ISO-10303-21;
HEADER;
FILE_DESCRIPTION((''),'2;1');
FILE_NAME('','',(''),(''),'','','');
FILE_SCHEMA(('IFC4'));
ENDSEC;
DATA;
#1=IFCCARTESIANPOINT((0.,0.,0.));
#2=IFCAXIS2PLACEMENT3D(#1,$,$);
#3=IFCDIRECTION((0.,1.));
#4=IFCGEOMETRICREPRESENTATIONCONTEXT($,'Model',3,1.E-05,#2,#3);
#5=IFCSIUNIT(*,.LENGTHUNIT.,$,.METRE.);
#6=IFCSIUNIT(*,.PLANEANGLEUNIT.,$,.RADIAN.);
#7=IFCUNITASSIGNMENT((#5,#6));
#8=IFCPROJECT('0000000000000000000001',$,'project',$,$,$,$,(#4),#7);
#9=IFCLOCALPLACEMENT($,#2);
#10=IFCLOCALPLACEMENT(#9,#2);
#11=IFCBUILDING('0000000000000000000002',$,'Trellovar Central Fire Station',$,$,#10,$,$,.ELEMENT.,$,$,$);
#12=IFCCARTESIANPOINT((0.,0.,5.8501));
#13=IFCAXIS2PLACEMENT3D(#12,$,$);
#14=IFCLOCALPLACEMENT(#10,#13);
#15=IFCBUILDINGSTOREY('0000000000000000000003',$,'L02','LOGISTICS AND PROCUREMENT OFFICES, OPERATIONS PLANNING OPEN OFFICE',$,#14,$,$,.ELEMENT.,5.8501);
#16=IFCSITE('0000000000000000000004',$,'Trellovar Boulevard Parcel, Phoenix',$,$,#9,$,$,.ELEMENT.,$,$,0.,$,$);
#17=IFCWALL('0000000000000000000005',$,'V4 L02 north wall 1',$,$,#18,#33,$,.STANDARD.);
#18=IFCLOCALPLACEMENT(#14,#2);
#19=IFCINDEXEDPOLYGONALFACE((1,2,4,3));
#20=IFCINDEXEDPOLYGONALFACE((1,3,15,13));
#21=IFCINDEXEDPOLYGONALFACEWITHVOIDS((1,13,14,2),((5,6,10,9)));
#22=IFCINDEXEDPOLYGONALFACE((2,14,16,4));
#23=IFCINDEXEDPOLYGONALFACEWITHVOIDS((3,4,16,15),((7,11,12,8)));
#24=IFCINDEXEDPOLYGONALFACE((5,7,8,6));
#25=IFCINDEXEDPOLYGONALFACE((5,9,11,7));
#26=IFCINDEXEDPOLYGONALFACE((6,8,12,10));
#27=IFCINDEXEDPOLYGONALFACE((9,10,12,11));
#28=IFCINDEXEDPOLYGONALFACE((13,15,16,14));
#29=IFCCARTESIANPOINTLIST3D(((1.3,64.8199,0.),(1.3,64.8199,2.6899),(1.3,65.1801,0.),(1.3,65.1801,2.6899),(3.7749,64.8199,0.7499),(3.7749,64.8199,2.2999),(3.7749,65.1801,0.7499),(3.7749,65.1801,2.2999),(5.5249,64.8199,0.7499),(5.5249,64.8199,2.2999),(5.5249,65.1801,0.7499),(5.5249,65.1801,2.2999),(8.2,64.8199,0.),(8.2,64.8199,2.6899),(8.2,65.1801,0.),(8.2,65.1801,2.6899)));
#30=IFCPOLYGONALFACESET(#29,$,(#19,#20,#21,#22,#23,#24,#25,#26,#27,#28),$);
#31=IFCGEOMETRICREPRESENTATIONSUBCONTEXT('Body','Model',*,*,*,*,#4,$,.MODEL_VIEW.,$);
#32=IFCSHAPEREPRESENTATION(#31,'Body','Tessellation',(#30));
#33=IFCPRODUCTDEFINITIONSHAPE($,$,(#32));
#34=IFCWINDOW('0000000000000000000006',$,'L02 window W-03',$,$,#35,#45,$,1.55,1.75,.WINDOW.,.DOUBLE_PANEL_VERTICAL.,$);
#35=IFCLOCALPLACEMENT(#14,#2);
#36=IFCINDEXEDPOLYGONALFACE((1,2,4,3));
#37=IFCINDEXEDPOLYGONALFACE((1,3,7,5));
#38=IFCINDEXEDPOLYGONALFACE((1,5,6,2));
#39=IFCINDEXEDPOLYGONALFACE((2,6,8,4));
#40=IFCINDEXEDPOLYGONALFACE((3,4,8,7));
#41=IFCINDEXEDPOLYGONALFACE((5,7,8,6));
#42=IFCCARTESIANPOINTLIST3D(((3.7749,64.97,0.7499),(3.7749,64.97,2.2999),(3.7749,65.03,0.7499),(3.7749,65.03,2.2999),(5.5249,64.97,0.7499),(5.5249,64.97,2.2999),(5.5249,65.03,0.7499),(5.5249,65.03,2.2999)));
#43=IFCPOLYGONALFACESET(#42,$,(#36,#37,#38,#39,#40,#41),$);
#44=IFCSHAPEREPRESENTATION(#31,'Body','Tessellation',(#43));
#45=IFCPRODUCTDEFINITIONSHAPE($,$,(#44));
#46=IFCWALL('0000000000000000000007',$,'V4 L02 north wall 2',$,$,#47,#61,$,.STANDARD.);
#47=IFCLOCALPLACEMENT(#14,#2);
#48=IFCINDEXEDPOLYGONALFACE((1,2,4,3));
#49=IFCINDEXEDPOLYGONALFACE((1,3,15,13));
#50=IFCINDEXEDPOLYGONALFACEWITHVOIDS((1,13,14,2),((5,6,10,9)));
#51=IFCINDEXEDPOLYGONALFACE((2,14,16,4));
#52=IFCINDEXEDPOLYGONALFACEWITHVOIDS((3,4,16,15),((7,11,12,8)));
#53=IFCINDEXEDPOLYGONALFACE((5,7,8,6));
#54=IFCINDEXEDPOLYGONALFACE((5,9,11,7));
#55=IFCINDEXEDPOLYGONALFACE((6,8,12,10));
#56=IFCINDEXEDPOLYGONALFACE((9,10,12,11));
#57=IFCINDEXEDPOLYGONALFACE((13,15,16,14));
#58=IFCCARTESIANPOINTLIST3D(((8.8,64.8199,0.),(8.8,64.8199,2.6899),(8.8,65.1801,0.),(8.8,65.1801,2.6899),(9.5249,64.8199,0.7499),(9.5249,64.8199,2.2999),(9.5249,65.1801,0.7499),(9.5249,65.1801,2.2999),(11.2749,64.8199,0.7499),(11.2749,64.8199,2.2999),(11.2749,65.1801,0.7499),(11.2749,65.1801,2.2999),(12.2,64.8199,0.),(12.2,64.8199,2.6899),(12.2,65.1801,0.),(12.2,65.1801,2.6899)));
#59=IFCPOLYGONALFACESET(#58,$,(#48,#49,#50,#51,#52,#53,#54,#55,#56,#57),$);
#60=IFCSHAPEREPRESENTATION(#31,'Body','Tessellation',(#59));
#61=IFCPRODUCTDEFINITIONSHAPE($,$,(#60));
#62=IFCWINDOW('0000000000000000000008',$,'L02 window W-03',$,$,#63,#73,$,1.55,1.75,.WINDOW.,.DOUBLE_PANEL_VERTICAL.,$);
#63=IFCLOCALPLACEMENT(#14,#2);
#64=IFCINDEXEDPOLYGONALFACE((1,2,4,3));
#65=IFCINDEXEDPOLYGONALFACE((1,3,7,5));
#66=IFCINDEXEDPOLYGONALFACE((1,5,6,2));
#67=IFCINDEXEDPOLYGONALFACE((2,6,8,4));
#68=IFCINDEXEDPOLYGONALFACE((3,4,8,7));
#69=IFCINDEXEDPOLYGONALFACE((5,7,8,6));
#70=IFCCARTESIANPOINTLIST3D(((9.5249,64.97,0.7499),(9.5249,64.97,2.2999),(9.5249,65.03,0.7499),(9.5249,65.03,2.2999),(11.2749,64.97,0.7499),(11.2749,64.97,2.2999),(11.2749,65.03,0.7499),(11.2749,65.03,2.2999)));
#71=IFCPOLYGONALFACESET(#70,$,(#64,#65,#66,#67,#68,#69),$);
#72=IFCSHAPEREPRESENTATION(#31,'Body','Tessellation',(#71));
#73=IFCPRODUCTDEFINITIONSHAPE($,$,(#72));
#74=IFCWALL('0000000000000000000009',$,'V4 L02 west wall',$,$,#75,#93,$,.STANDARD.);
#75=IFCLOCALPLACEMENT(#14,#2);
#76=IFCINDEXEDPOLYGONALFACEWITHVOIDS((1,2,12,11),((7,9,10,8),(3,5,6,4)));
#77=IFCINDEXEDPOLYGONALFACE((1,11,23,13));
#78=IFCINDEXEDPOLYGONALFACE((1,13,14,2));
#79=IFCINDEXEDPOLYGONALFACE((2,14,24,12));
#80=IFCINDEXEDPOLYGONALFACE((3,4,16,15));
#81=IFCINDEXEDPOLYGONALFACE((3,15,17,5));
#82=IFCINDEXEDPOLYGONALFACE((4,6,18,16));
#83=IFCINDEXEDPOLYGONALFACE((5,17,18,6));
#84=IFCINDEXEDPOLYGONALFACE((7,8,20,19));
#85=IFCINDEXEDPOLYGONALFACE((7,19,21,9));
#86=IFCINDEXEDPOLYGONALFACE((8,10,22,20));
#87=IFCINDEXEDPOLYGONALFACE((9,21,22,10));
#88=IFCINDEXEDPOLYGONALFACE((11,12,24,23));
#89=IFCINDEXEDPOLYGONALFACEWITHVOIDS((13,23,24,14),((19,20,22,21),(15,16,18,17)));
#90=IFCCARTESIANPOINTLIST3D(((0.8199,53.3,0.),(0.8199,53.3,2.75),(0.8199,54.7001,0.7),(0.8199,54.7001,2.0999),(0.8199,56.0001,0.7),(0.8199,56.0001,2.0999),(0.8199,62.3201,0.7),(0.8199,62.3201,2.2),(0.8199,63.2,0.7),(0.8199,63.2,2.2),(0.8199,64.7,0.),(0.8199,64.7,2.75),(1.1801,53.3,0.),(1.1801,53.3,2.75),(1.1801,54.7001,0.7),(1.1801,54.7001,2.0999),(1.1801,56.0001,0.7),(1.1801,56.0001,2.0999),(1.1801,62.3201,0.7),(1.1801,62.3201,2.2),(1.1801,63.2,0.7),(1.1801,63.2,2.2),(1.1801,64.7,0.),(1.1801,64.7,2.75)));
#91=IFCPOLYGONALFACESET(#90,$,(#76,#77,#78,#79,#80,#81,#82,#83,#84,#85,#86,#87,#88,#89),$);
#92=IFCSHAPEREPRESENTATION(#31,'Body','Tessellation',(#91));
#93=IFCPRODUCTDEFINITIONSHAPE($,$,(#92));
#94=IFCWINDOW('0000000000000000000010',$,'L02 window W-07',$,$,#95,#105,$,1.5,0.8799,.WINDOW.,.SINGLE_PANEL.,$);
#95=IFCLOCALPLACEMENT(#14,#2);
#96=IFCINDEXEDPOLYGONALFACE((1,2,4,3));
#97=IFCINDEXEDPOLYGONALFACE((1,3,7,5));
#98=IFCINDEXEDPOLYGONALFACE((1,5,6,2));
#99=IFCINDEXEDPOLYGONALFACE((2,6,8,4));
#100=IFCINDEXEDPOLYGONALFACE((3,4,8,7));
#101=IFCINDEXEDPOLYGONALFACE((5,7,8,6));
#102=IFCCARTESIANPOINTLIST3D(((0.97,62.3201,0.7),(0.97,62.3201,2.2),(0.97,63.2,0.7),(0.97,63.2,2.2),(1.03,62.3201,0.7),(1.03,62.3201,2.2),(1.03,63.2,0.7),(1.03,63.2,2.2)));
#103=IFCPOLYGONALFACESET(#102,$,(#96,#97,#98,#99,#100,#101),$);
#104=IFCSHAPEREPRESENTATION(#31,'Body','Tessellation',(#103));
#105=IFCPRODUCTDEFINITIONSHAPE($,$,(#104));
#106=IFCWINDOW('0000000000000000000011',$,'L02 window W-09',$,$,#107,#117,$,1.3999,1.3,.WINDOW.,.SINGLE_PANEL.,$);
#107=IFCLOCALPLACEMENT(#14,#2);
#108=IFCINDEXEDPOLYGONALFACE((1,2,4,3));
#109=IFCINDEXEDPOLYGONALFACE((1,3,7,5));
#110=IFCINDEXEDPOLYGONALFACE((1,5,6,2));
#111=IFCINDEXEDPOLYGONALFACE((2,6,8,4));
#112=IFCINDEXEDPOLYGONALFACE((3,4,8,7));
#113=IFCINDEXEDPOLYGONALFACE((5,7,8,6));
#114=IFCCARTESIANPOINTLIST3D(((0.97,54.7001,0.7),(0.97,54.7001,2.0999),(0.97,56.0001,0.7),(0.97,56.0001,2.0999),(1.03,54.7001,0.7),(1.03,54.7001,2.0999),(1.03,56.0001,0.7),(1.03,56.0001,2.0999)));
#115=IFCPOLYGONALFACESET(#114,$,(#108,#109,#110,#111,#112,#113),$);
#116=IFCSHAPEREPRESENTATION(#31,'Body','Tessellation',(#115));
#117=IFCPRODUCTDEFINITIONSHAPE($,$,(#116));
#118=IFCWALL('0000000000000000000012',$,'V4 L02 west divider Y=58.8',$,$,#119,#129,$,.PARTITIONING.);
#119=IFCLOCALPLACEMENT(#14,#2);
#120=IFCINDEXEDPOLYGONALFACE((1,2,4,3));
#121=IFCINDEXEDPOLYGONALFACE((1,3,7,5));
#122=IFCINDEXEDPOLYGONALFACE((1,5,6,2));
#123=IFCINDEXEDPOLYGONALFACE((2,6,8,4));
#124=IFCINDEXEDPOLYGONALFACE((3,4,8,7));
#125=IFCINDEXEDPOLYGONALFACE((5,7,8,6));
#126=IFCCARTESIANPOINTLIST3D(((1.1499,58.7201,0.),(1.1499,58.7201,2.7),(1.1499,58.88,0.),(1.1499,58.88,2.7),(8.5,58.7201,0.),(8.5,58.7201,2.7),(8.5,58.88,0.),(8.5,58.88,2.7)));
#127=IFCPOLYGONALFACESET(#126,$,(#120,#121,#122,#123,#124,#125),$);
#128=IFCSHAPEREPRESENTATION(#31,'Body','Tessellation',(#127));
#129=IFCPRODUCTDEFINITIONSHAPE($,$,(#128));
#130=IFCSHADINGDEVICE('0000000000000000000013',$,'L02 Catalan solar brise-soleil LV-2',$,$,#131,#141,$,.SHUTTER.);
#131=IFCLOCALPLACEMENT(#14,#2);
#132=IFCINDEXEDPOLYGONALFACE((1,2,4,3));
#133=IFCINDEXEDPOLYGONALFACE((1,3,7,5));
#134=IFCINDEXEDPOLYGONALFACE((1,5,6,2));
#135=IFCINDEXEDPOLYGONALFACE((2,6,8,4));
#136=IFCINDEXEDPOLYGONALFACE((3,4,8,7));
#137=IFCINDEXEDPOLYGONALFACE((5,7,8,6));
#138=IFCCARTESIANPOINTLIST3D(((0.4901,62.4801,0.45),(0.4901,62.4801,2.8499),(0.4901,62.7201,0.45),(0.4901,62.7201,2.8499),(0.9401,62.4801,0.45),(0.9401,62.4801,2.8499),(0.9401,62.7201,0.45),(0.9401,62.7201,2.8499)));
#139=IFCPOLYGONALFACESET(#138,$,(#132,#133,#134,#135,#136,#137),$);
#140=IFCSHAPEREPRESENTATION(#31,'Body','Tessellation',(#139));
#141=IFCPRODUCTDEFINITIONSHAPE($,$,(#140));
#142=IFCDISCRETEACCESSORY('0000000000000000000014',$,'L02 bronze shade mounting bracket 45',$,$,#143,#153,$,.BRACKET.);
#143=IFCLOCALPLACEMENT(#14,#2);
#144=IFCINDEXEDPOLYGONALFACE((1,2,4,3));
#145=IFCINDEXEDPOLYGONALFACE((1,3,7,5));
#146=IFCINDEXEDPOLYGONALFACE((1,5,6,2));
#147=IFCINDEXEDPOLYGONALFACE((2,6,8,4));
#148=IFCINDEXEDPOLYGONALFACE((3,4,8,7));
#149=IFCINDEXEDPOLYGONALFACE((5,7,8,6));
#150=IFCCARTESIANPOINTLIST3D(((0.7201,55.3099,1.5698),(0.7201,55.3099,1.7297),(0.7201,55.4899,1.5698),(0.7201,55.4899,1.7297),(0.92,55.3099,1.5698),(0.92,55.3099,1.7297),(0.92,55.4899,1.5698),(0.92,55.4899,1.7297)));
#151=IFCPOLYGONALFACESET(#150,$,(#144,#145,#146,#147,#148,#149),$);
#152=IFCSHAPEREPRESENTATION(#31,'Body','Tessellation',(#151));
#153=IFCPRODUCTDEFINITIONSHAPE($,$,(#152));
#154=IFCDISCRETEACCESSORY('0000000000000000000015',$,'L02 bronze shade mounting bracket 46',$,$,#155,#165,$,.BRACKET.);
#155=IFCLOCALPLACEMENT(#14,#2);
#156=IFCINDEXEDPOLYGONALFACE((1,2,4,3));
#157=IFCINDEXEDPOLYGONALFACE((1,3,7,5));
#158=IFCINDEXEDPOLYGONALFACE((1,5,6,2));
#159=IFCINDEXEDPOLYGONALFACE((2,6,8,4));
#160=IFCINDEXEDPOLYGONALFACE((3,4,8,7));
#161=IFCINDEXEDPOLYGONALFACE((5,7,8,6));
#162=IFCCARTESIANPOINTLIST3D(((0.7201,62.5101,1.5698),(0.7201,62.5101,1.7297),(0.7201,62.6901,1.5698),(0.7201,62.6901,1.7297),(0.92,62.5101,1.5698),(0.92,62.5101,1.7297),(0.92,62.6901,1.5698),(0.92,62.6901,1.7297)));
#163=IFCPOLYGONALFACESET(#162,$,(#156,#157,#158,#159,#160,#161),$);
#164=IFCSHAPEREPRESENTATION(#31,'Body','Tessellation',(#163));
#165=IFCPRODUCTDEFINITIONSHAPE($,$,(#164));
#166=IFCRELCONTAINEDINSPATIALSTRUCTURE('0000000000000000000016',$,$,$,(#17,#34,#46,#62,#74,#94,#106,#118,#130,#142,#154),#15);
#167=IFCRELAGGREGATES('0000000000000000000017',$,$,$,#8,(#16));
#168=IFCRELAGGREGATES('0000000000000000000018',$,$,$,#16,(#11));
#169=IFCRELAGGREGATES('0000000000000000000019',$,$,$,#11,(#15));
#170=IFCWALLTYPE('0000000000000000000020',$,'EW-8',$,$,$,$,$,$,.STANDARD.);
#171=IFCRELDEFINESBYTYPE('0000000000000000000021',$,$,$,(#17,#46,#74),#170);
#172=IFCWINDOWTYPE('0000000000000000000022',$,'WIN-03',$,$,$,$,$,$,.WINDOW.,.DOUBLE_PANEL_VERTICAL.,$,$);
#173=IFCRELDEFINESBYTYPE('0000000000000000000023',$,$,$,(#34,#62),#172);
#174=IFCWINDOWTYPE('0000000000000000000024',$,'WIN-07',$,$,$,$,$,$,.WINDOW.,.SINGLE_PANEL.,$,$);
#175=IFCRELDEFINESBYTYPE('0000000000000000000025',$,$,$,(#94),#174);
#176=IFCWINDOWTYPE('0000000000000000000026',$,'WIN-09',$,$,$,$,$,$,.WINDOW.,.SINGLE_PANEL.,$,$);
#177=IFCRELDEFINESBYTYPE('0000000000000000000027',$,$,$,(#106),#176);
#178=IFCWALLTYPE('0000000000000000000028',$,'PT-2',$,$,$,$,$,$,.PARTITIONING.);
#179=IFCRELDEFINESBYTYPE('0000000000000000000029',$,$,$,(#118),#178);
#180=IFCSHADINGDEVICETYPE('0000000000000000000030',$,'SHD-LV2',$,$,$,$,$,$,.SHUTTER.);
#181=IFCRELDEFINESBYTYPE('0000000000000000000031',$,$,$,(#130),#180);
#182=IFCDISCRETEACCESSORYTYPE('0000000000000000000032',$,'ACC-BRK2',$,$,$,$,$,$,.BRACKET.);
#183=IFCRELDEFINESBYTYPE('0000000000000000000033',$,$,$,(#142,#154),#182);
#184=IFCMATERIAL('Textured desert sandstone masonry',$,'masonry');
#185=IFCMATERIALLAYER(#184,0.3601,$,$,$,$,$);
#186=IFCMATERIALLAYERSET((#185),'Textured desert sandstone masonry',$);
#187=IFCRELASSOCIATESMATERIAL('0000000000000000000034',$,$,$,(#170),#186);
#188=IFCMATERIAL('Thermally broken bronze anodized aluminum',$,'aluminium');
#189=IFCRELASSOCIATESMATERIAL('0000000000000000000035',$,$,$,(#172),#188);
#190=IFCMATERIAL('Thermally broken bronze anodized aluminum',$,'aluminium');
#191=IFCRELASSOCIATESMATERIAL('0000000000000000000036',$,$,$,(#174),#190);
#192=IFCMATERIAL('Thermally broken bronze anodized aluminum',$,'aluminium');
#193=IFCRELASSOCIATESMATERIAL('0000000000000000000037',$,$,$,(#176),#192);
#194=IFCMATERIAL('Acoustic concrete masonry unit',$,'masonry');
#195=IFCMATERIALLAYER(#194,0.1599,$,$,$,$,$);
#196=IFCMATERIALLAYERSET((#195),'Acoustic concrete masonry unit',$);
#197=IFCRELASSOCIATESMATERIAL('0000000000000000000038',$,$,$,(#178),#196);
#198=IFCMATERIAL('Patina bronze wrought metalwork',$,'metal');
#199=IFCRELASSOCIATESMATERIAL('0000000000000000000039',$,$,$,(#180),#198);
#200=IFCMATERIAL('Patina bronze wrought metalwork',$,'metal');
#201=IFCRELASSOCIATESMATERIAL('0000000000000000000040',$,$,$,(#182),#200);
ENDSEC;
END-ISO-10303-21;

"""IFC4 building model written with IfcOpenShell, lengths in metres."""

from ifc_helpers import new_model, si_unit, direction, frame, frame_2d, origin, origin_2d, place, context, subcontext, project, spatial, rectangle, extrude, material, layer, layer_set, type_object, element, fill, save


model = new_model("IFC4")

# Units and contexts
model_context = context("Model", 3, precision=1e-05, world=origin(), true_north=direction((0.0, 1.0)))
body_context = subcontext(model_context, "Body", "Model", "MODEL_VIEW")
ifc_project = project(units=[si_unit("LENGTHUNIT", "METRE"), si_unit("PLANEANGLEUNIT", "RADIAN")], contexts=[model_context])

# Site, building, storey
site_placement = place(None, origin())
site = spatial("IfcSite", under=ifc_project, at=site_placement, Name="Trellovar Boulevard Parcel, Phoenix", CompositionType="ELEMENT", RefElevation=0.0)
building_placement = place(site_placement, origin())
building = spatial("IfcBuilding", under=site, at=building_placement, Name="Trellovar Central Fire Station", CompositionType="ELEMENT")
storey_placement = place(building_placement, frame((0.0, 0.0, 5.8501)))
storey = spatial("IfcBuildingStorey", under=building, at=storey_placement, Name="L02", Description="LOGISTICS AND PROCUREMENT OFFICES, OPERATIONS PLANNING OPEN OFFICE", CompositionType="ELEMENT", Elevation=5.8501)

# Walls, openings, windows
ifc_material_1 = material(Name="Textured desert sandstone masonry", Category="masonry")
ifc_layer_1 = layer(ifc_material_1, 0.3601)
ifc_layer_set_1 = layer_set([ifc_layer_1], Name="Textured desert sandstone masonry")
wall_type_1 = type_object("IfcWallType", Name="EW-8", PredefinedType="STANDARD", material=ifc_layer_set_1)
wall_1_placement = place(storey_placement, frame((8.2, 65.0, 0.0), z_axis=(0.0, 0.0, 1.0), x_axis=(-1.0, 0.0, 0.0)))
wall_1 = element("IfcWall", 1, at=wall_1_placement, inside=storey, type_object=wall_type_1, Name="V4 L02 north wall 1", PredefinedType="STANDARD", context=body_context, shape_type="SweptSolid", body=[
    extrude(rectangle(XDim=6.8999, YDim=0.3601, at=frame_2d((3.45, 0.0))), origin(), (0.0, 0.0, 1.0), 2.6899),
])
opening_1_placement = place(wall_1_placement, frame((2.675, 0.0, 0.75)))
opening_1 = element("IfcOpeningElement", 2, at=opening_1_placement, cuts=wall_1, PredefinedType="OPENING", context=body_context, shape_type="SweptSolid", body=[
    extrude(rectangle(XDim=1.75, YDim=1.55, at=frame_2d((0.875, 0.7749))), frame((0.0, 0.1899, 0.0), z_axis=(0.0, -1.0, 0.0), x_axis=(1.0, 0.0, 0.0)), (0.0, 0.0, 1.0), 0.3801),
])
ifc_material_2 = material(Name="Thermally broken bronze anodized aluminum", Category="aluminium")
window_type_1 = type_object("IfcWindowType", Name="WIN-03", PartitioningType="DOUBLE_PANEL_VERTICAL", PredefinedType="WINDOW", material=ifc_material_2)
window_1_placement = place(opening_1_placement, origin())
window_1 = element("IfcWindow", 3, at=window_1_placement, inside=storey, type_object=window_type_1, Name="L02 window W-03", OverallHeight=1.55, OverallWidth=1.75, PartitioningType="DOUBLE_PANEL_VERTICAL", PredefinedType="WINDOW", context=body_context, shape_type="SweptSolid", body=[
    extrude(rectangle(XDim=1.75, YDim=1.55, at=frame_2d((0.875, 0.7749))), frame((0.0, 0.03, 0.0), z_axis=(0.0, -1.0, 0.0), x_axis=(1.0, 0.0, 0.0)), (0.0, 0.0, 1.0), 0.0601),
])
fill(opening_1, window_1)
wall_2_placement = place(storey_placement, frame((12.2, 65.0, 0.0), z_axis=(0.0, 0.0, 1.0), x_axis=(-1.0, 0.0, 0.0)))
wall_2 = element("IfcWall", 4, at=wall_2_placement, inside=storey, type_object=wall_type_1, Name="V4 L02 north wall 2", PredefinedType="STANDARD", context=body_context, shape_type="SweptSolid", body=[
    extrude(rectangle(XDim=3.3999, YDim=0.3601, at=frame_2d((1.7, 0.0))), origin(), (0.0, 0.0, 1.0), 2.6899),
])
opening_2_placement = place(wall_2_placement, frame((0.925, 0.0, 0.75)))
opening_2 = element("IfcOpeningElement", 5, at=opening_2_placement, cuts=wall_2, PredefinedType="OPENING", context=body_context, shape_type="SweptSolid", body=[
    extrude(rectangle(XDim=1.75, YDim=1.55, at=frame_2d((0.875, 0.7749))), frame((0.0, 0.1899, 0.0), z_axis=(0.0, -1.0, 0.0), x_axis=(1.0, 0.0, 0.0)), (0.0, 0.0, 1.0), 0.3801),
])
window_2_placement = place(opening_2_placement, origin())
window_2 = element("IfcWindow", 6, at=window_2_placement, inside=storey, type_object=window_type_1, Name="L02 window W-03", OverallHeight=1.55, OverallWidth=1.75, PartitioningType="DOUBLE_PANEL_VERTICAL", PredefinedType="WINDOW", context=body_context, shape_type="SweptSolid", body=[
    extrude(rectangle(XDim=1.75, YDim=1.55, at=frame_2d((0.875, 0.7749))), frame((0.0, 0.03, 0.0), z_axis=(0.0, -1.0, 0.0), x_axis=(1.0, 0.0, 0.0)), (0.0, 0.0, 1.0), 0.0601),
])
fill(opening_2, window_2)

# Wall, openings, windows
wall_3_placement = place(storey_placement, frame((1.0, 64.7, 0.0), z_axis=(0.0, 0.0, 1.0), x_axis=(0.0, -1.0, 0.0)))
wall_3 = element("IfcWall", 7, at=wall_3_placement, inside=storey, type_object=wall_type_1, Name="V4 L02 west wall", PredefinedType="STANDARD", context=body_context, shape_type="SweptSolid", body=[
    extrude(rectangle(XDim=11.3999, YDim=0.3601, at=frame_2d((5.7, 0.0))), origin(), (0.0, 0.0, 1.0), 2.75),
])
opening_3_placement = place(wall_3_placement, frame((1.5, 0.0, 0.7)))
opening_3 = element("IfcOpeningElement", 8, at=opening_3_placement, cuts=wall_3, PredefinedType="OPENING", context=body_context, shape_type="SweptSolid", body=[
    extrude(rectangle(XDim=0.8799, YDim=1.5, at=frame_2d((0.4399, 0.75))), frame((0.0, 0.1899, 0.0), z_axis=(0.0, -1.0, 0.0), x_axis=(1.0, 0.0, 0.0)), (0.0, 0.0, 1.0), 0.3801),
])
opening_4_placement = place(wall_3_placement, frame((8.7, 0.0, 0.7)))
opening_4 = element("IfcOpeningElement", 9, at=opening_4_placement, cuts=wall_3, PredefinedType="OPENING", context=body_context, shape_type="SweptSolid", body=[
    extrude(rectangle(XDim=1.3, YDim=1.3999, at=frame_2d((0.6499, 0.7))), frame((0.0, 0.1899, 0.0), z_axis=(0.0, -1.0, 0.0), x_axis=(1.0, 0.0, 0.0)), (0.0, 0.0, 1.0), 0.3801),
])
ifc_material_3 = material(Name="Thermally broken bronze anodized aluminum", Category="aluminium")
window_type_2 = type_object("IfcWindowType", Name="WIN-07", PartitioningType="SINGLE_PANEL", PredefinedType="WINDOW", material=ifc_material_3)
window_3_placement = place(opening_3_placement, origin())
window_3 = element("IfcWindow", 10, at=window_3_placement, inside=storey, type_object=window_type_2, Name="L02 window W-07", OverallHeight=1.5, OverallWidth=0.8799, PartitioningType="SINGLE_PANEL", PredefinedType="WINDOW", context=body_context, shape_type="SweptSolid", body=[
    extrude(rectangle(XDim=0.8799, YDim=1.5, at=frame_2d((0.4399, 0.75))), frame((0.0, 0.03, 0.0), z_axis=(0.0, -1.0, 0.0), x_axis=(1.0, 0.0, 0.0)), (0.0, 0.0, 1.0), 0.0601),
])
fill(opening_3, window_3)
ifc_material_4 = material(Name="Thermally broken bronze anodized aluminum", Category="aluminium")
window_type_3 = type_object("IfcWindowType", Name="WIN-09", PartitioningType="SINGLE_PANEL", PredefinedType="WINDOW", material=ifc_material_4)
window_4_placement = place(opening_4_placement, origin())
window_4 = element("IfcWindow", 11, at=window_4_placement, inside=storey, type_object=window_type_3, Name="L02 window W-09", OverallHeight=1.3999, OverallWidth=1.3, PartitioningType="SINGLE_PANEL", PredefinedType="WINDOW", context=body_context, shape_type="SweptSolid", body=[
    extrude(rectangle(XDim=1.3, YDim=1.3999, at=frame_2d((0.6499, 0.7))), frame((0.0, 0.03, 0.0), z_axis=(0.0, -1.0, 0.0), x_axis=(1.0, 0.0, 0.0)), (0.0, 0.0, 1.0), 0.0601),
])
fill(opening_4, window_4)

# Wall
ifc_material_5 = material(Name="Acoustic concrete masonry unit", Category="masonry")
ifc_layer_2 = layer(ifc_material_5, 0.1599)
ifc_layer_set_2 = layer_set([ifc_layer_2], Name="Acoustic concrete masonry unit")
wall_type_2 = type_object("IfcWallType", Name="PT-2", PredefinedType="PARTITIONING", material=ifc_layer_set_2)
wall_4_placement = place(storey_placement, frame((1.1499, 58.8, 0.0), z_axis=(0.0, 0.0, 1.0), x_axis=(1.0, 0.0, 0.0)))
element("IfcWall", 12, at=wall_4_placement, inside=storey, type_object=wall_type_2, Name="V4 L02 west divider Y=58.8", PredefinedType="PARTITIONING", context=body_context, shape_type="SweptSolid", body=[
    extrude(rectangle(XDim=7.3501, YDim=0.1599, at=frame_2d((3.675, 0.0))), origin(), (0.0, 0.0, 1.0), 2.7),
])

# Shading device
ifc_material_6 = material(Name="Patina bronze wrought metalwork", Category="metal")
shading_device_type = type_object("IfcShadingDeviceType", Name="SHD-LV2", PredefinedType="SHUTTER", material=ifc_material_6)
shading_device_placement = place(storey_placement, frame((0.7151, 62.6001, 0.45), z_axis=(0.0, 0.0, 1.0), x_axis=(1.0, 0.0, 0.0)))
element("IfcShadingDevice", 13, at=shading_device_placement, inside=storey, type_object=shading_device_type, Name="L02 Catalan solar brise-soleil LV-2", PredefinedType="SHUTTER", context=body_context, shape_type="SweptSolid", body=[
    extrude(rectangle(XDim=0.45, YDim=0.24, at=origin_2d()), origin(), (0.0, 0.0, 1.0), 2.3999),
])

# Discrete accessories
ifc_material_7 = material(Name="Patina bronze wrought metalwork", Category="metal")
discrete_accessory_type = type_object("IfcDiscreteAccessoryType", Name="ACC-BRK2", PredefinedType="BRACKET", material=ifc_material_7)
for number, where, z_axis, x_axis, name in (
    (14, (0.8201, 55.3999, 1.5698), (0.0, 0.0, 1.0), (1.0, 0.0, 0.0), "L02 bronze shade mounting bracket 45"),
    (15, (0.8201, 62.6001, 1.5698), (0.0, 0.0, 1.0), (1.0, 0.0, 0.0), "L02 bronze shade mounting bracket 46"),
):
    element("IfcDiscreteAccessory", number, at=place(storey_placement, frame(where, z_axis=z_axis, x_axis=x_axis)), inside=storey, type_object=discrete_accessory_type, Name=name, PredefinedType="BRACKET", context=body_context, shape_type="SweptSolid", body=[
        extrude(rectangle(XDim=0.2, YDim=0.1799, at=origin_2d()), origin(), (0.0, 0.0, 1.0), 0.1599),
    ])

save(model, "model.ifc")
